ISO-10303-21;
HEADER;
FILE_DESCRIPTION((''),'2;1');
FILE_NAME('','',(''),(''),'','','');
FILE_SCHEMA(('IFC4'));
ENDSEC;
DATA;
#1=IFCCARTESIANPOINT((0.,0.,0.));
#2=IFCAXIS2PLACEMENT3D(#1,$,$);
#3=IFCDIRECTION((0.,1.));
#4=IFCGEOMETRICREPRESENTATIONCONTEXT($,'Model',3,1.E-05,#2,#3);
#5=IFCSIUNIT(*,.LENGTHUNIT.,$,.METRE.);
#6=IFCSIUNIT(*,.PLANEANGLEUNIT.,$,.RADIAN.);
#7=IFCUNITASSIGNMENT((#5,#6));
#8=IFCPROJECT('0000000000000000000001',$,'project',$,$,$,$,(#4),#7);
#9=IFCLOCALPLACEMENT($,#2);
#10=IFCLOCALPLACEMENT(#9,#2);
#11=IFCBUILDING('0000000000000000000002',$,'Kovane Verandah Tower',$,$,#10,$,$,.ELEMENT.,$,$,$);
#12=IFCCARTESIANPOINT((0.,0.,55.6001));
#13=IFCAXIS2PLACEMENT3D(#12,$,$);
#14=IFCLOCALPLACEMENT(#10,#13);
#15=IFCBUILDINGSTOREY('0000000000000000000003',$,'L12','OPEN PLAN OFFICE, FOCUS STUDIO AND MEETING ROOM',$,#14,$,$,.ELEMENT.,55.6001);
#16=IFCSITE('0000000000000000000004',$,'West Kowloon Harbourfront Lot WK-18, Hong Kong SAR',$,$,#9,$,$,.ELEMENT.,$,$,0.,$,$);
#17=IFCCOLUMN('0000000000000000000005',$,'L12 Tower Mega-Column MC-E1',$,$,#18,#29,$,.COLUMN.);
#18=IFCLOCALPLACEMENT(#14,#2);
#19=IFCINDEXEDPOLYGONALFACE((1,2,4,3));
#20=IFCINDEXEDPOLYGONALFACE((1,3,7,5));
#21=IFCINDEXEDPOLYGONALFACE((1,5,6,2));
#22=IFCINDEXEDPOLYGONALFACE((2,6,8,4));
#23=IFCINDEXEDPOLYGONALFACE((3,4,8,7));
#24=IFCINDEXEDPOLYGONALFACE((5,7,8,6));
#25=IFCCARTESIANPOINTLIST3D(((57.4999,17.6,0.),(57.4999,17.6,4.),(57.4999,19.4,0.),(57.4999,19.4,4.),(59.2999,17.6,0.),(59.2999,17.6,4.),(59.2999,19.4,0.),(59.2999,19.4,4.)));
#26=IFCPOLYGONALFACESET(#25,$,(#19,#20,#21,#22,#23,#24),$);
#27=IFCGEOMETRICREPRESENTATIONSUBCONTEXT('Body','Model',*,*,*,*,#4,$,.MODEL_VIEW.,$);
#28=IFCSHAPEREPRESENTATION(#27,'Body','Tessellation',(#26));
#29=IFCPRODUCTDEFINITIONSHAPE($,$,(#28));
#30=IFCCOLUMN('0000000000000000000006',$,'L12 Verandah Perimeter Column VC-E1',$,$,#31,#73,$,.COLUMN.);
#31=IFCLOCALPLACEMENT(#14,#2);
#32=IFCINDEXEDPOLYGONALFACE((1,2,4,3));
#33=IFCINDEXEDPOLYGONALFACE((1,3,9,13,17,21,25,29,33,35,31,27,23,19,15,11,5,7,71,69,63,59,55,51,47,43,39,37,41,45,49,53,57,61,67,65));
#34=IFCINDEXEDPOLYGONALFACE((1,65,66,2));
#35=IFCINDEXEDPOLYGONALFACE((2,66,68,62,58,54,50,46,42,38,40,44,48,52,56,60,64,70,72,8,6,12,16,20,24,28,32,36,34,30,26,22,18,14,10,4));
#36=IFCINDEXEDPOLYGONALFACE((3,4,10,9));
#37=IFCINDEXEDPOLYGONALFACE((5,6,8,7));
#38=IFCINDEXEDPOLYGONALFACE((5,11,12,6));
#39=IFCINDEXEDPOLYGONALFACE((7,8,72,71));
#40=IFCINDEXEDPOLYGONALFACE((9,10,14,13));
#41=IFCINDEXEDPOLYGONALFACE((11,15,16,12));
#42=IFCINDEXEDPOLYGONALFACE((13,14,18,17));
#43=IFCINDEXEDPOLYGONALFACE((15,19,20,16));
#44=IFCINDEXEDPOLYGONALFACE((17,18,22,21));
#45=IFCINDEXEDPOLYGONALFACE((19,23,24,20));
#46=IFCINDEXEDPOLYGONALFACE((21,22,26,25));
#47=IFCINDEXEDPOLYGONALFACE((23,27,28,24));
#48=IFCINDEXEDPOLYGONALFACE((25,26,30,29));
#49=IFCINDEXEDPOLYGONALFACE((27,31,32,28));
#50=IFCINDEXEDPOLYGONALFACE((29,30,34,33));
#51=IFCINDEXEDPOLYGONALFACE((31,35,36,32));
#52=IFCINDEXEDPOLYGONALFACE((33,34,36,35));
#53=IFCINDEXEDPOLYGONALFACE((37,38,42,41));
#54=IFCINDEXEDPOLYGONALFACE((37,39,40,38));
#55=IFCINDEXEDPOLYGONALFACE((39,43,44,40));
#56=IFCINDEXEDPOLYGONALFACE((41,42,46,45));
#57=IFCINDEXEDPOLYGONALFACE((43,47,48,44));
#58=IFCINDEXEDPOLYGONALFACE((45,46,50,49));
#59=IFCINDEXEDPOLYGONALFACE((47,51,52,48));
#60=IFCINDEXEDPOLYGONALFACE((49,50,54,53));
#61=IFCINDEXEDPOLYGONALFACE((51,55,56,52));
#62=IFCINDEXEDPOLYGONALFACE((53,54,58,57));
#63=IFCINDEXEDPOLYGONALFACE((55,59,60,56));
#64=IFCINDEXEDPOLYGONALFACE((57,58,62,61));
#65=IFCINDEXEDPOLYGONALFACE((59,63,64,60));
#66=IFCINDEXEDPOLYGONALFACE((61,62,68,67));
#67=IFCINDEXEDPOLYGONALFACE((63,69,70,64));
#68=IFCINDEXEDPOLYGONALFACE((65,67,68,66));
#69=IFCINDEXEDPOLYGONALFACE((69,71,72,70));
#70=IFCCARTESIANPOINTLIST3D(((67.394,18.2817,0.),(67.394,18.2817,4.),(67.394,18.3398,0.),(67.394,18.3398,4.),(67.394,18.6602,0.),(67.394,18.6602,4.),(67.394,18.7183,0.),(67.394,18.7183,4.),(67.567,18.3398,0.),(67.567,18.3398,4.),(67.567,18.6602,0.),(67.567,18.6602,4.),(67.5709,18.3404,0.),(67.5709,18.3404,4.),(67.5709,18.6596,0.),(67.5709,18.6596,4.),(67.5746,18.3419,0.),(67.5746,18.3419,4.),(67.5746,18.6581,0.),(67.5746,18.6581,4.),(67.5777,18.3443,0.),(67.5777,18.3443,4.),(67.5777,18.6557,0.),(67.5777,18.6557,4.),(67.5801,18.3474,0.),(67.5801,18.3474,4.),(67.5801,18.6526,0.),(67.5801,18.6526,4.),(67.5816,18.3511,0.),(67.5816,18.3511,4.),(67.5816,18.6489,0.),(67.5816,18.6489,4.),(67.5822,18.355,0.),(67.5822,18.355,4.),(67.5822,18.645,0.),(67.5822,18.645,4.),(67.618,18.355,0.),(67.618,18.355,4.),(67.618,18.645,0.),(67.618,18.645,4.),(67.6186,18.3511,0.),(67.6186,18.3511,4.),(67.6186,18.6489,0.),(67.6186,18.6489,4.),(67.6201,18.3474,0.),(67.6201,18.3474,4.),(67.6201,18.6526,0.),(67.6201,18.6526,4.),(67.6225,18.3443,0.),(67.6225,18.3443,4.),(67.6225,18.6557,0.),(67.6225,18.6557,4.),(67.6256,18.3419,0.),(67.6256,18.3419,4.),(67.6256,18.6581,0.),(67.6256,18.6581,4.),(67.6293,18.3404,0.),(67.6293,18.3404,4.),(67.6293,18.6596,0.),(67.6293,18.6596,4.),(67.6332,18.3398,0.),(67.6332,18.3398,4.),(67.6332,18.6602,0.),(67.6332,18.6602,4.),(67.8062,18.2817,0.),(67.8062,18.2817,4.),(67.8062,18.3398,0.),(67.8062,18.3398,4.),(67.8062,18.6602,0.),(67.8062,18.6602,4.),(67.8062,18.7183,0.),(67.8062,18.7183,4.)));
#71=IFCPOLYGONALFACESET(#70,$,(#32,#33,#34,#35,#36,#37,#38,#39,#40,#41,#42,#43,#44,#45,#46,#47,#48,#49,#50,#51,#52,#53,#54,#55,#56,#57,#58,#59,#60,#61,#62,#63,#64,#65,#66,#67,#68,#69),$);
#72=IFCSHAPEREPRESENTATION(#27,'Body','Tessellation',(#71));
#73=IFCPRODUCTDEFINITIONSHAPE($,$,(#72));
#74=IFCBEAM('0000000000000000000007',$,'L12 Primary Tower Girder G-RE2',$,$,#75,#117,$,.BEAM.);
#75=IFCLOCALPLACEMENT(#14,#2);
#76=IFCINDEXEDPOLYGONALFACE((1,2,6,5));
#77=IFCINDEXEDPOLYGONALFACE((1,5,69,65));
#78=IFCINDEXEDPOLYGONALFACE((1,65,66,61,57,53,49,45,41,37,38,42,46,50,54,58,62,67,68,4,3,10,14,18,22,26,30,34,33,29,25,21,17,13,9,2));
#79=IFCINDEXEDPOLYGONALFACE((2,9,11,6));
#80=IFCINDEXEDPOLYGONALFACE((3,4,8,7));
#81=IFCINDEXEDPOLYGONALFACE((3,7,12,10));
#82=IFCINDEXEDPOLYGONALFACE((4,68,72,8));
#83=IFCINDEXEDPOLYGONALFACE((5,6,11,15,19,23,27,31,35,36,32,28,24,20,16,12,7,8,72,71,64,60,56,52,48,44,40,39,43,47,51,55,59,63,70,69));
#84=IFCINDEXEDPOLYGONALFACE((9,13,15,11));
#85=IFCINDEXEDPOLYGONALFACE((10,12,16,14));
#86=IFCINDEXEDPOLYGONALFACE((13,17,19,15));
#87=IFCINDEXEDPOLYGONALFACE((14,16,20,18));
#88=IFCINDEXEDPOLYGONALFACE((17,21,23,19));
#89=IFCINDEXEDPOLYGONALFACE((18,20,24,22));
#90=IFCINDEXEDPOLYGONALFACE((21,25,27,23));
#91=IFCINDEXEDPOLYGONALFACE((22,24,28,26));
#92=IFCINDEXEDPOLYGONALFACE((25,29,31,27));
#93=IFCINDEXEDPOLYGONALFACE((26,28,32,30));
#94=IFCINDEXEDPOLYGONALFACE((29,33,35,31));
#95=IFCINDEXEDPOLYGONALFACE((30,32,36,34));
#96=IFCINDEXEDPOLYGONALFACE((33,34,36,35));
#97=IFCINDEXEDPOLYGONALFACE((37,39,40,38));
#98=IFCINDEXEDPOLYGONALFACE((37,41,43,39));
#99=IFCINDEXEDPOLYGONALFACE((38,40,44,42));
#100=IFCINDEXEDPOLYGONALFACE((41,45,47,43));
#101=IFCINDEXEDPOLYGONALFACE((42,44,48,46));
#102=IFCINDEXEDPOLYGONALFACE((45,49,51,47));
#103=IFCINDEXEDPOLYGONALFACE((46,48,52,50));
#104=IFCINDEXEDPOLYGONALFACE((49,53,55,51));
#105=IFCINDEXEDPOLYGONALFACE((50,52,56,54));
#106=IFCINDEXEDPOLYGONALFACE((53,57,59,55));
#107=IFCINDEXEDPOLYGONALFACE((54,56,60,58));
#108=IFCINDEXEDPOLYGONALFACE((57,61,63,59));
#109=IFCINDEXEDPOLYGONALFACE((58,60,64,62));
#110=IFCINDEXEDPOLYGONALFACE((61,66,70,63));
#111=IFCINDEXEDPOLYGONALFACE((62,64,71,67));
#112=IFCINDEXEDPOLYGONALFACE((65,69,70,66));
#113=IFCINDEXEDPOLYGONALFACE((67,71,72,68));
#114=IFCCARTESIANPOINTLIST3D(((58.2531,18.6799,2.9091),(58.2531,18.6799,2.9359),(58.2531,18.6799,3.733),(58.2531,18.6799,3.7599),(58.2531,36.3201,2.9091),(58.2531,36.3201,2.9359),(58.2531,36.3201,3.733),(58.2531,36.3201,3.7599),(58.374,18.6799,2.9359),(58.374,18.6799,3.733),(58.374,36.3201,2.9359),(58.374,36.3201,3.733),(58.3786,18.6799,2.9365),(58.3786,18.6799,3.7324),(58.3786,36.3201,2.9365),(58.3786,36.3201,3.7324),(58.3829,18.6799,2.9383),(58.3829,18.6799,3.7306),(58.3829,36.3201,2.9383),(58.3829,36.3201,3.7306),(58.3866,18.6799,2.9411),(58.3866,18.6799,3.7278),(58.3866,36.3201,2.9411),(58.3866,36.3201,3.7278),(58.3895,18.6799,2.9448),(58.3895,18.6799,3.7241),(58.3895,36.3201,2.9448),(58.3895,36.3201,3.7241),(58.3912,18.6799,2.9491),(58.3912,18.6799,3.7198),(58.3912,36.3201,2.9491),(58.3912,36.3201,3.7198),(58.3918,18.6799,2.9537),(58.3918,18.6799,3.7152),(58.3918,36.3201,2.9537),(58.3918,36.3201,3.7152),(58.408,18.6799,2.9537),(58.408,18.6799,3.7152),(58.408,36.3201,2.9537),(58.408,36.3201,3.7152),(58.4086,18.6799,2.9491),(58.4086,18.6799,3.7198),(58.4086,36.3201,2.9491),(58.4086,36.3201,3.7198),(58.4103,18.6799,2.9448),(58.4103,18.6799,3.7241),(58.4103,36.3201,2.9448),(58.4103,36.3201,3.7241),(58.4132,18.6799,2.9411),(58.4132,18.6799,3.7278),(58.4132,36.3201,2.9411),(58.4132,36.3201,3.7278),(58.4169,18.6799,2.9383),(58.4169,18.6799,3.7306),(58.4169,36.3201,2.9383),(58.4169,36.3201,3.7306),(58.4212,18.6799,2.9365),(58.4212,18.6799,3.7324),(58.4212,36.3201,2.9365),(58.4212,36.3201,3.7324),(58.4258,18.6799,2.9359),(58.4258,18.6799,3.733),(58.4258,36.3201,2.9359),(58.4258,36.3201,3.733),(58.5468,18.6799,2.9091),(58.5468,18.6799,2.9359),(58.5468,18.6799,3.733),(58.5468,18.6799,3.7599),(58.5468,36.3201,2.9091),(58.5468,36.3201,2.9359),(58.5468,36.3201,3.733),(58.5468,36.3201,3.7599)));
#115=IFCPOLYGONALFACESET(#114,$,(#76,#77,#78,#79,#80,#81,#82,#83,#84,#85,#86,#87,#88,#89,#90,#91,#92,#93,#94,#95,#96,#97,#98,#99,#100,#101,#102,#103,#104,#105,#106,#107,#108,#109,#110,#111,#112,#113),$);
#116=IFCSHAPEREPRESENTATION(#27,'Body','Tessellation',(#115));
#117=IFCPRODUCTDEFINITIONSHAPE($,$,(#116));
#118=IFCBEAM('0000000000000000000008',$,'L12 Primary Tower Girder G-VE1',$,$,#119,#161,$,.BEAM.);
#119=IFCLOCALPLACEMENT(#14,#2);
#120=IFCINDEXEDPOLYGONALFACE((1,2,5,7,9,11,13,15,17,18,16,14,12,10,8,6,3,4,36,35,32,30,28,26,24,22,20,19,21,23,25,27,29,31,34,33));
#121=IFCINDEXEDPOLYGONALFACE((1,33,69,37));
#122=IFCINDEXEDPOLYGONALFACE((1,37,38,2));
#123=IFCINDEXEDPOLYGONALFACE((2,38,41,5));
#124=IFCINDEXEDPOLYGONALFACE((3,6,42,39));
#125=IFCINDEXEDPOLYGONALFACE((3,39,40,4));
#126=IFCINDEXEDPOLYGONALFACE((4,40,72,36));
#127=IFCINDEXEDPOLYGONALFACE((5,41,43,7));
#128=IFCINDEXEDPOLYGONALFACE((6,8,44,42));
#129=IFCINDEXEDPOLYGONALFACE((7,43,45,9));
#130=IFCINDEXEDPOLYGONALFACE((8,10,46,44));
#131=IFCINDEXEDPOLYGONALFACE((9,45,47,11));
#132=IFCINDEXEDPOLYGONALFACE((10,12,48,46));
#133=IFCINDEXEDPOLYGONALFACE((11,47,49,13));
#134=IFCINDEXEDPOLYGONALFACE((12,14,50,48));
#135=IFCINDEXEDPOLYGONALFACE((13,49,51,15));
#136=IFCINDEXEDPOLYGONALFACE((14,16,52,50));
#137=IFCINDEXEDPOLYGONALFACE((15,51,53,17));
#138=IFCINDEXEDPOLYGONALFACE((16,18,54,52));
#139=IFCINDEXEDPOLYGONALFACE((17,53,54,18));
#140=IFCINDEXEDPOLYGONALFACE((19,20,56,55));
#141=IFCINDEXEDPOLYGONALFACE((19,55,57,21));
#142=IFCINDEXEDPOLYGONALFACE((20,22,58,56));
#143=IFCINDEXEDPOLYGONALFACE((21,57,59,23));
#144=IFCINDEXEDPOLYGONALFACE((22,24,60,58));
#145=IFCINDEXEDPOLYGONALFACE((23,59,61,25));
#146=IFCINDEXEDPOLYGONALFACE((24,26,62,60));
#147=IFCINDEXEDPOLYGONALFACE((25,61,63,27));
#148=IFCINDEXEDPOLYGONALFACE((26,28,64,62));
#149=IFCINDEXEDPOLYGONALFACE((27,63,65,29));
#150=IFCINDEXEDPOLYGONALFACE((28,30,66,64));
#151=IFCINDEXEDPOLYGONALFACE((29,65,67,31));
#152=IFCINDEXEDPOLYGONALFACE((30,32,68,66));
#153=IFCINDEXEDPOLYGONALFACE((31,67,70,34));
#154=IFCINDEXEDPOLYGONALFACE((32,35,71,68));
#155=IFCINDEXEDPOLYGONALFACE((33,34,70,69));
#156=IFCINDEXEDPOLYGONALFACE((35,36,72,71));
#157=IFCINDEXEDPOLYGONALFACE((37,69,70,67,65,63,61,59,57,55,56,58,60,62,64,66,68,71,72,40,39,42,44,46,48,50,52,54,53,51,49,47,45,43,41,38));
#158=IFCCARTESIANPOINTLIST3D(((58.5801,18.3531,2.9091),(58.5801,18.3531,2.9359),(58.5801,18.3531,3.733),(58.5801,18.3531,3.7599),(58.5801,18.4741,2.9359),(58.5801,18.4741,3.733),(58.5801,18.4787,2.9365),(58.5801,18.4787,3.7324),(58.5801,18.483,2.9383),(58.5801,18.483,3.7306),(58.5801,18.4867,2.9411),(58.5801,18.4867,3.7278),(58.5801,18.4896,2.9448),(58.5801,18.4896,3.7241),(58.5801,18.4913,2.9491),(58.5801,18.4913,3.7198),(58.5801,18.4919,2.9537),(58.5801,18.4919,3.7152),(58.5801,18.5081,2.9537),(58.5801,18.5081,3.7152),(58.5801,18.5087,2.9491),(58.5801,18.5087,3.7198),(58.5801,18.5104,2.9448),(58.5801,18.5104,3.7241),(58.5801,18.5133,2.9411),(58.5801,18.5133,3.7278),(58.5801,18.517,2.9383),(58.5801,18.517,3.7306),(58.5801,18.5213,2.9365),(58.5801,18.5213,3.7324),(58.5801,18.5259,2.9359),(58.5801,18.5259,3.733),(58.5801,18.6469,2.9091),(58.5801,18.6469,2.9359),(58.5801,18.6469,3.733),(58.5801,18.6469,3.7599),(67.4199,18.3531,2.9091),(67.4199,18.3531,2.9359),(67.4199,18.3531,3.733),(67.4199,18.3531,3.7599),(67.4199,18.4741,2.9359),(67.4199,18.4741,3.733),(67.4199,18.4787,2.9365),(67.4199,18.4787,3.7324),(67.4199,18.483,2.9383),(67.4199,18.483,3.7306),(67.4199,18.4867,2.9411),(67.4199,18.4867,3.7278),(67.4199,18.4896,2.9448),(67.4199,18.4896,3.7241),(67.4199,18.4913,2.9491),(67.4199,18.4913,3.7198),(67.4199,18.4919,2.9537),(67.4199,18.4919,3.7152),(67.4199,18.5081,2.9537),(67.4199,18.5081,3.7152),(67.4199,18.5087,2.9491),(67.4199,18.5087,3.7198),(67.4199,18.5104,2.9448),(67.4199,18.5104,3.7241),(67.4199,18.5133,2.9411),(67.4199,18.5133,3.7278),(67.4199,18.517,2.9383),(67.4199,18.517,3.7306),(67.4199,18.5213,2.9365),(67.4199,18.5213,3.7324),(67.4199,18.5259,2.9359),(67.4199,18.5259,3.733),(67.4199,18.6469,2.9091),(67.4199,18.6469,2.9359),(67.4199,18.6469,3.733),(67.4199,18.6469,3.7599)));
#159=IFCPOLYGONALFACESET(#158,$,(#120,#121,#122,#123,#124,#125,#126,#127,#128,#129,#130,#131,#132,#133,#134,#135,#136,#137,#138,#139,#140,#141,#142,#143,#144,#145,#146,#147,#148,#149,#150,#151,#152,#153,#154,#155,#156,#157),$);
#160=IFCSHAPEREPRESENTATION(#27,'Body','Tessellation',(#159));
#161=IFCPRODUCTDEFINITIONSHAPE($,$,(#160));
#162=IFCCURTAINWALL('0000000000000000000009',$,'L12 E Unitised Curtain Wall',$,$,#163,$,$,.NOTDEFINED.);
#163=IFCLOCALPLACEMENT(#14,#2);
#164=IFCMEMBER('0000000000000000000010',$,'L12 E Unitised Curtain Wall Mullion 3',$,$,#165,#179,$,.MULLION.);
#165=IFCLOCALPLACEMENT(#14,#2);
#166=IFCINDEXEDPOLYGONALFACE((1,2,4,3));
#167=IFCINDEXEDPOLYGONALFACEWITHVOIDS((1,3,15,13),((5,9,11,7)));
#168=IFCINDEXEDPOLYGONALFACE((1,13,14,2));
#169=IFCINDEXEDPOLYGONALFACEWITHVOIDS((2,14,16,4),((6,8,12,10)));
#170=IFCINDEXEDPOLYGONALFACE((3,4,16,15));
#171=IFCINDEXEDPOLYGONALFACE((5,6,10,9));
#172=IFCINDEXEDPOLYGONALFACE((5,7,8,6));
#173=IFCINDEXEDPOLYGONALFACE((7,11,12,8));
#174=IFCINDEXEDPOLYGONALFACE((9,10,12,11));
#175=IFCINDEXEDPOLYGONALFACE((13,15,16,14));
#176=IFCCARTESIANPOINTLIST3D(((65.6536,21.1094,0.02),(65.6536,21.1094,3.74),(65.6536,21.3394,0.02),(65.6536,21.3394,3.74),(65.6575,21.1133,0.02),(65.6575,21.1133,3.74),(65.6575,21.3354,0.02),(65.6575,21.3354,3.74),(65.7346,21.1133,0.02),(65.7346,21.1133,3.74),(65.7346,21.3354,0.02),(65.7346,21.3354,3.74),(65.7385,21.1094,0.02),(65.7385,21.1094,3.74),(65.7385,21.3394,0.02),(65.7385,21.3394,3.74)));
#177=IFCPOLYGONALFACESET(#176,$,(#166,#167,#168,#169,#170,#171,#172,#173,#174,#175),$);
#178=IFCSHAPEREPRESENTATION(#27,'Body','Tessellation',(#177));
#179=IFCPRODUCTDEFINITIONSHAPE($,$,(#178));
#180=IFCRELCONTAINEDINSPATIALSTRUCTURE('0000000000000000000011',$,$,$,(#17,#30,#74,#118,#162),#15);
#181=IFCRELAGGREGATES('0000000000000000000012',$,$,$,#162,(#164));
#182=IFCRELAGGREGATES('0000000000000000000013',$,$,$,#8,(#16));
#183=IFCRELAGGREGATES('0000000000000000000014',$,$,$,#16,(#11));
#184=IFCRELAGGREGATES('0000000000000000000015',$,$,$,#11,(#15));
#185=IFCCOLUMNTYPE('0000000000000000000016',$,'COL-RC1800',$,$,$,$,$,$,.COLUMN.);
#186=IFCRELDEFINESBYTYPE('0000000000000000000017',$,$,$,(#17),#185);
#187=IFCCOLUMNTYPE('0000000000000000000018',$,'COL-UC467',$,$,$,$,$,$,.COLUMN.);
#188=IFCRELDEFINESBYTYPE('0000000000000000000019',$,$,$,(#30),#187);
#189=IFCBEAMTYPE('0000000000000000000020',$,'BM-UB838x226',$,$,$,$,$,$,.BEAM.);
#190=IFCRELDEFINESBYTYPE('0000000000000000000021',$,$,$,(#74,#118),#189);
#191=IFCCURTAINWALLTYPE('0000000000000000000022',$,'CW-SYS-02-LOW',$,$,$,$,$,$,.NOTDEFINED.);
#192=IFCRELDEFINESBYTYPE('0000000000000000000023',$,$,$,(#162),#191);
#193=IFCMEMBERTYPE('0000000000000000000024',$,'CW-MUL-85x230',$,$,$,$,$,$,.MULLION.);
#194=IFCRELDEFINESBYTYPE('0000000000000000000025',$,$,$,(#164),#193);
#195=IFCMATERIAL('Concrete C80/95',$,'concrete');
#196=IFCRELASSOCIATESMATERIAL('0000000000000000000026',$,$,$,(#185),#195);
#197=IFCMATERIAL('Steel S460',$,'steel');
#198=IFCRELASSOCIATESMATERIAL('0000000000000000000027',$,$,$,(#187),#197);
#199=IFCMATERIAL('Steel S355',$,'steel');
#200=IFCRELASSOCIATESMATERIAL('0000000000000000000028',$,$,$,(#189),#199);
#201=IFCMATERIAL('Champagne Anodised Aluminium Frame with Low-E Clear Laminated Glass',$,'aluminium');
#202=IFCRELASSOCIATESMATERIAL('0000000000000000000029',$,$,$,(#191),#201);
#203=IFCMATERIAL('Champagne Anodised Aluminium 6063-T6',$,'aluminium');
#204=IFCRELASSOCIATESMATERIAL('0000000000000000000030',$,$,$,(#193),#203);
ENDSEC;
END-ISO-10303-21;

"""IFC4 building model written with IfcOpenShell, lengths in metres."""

from ifc_helpers import new_model, si_unit, direction, frame, origin, origin_2d, place, context, subcontext, project, spatial, rectangle, hollow_rectangle, i_section, extrude, material, material_profile, profile_set, type_object, element, aggregate, save


model = new_model("IFC4")

# Units and contexts
model_context = context("Model", 3, precision=1e-05, world=origin(), true_north=direction((0.0, 1.0)))
body_context = subcontext(model_context, "Body", "Model", "MODEL_VIEW")
ifc_project = project(units=[si_unit("LENGTHUNIT", "METRE"), si_unit("PLANEANGLEUNIT", "RADIAN")], contexts=[model_context])

# Site, building, storey
site_placement = place(None, origin())
site = spatial("IfcSite", under=ifc_project, at=site_placement, Name="West Kowloon Harbourfront Lot WK-18, Hong Kong SAR", CompositionType="ELEMENT", RefElevation=0.0)
building_placement = place(site_placement, origin())
building = spatial("IfcBuilding", under=site, at=building_placement, Name="Kovane Verandah Tower", CompositionType="ELEMENT")
storey_placement = place(building_placement, frame((0.0, 0.0, 55.6001)))
storey = spatial("IfcBuildingStorey", under=building, at=storey_placement, Name="L12", Description="OPEN PLAN OFFICE, FOCUS STUDIO AND MEETING ROOM", CompositionType="ELEMENT", Elevation=55.6001)

# Columns
ifc_material_1 = material(Name="Concrete C80/95", Category="concrete")
ifc_material_profile_1 = material_profile(ifc_material_1, rectangle(XDim=1.8, YDim=1.8, at=origin_2d()), Name="RC1800x1800")
ifc_profile_set_1 = profile_set([ifc_material_profile_1], Name="Concrete C80/95")
column_type_1 = type_object("IfcColumnType", Name="COL-RC1800", PredefinedType="COLUMN", material=ifc_profile_set_1)
column_1_placement = place(storey_placement, frame((58.3999, 18.5, 0.0), z_axis=(0.0, 0.0, 1.0), x_axis=(1.0, 0.0, 0.0)))
element("IfcColumn", 1, at=column_1_placement, inside=storey, type_object=column_type_1, Name="L12 Tower Mega-Column MC-E1", PredefinedType="COLUMN", context=body_context, shape_type="SweptSolid", body=[
    extrude(rectangle(XDim=1.8, YDim=1.8, at=origin_2d()), origin(), (0.0, 0.0, 1.0), 4.0),
])
ifc_material_2 = material(Name="Steel S460", Category="steel")
ifc_material_profile_2 = material_profile(ifc_material_2, i_section(OverallWidth=0.4121, OverallDepth=0.4365, WebThickness=0.0359, FlangeThickness=0.0581, FilletRadius=0.0151, at=origin_2d()), Name="UC356x406x467")
ifc_profile_set_2 = profile_set([ifc_material_profile_2], Name="Steel S460")
column_type_2 = type_object("IfcColumnType", Name="COL-UC467", PredefinedType="COLUMN", material=ifc_profile_set_2)
column_2_placement = place(storey_placement, frame((67.6001, 18.5, 0.0), z_axis=(0.0, 0.0, 1.0), x_axis=(1.0, 0.0, 0.0)))
element("IfcColumn", 2, at=column_2_placement, inside=storey, type_object=column_type_2, Name="L12 Verandah Perimeter Column VC-E1", PredefinedType="COLUMN", context=body_context, shape_type="SweptSolid", body=[
    extrude(i_section(OverallWidth=0.4121, OverallDepth=0.4365, WebThickness=0.0359, FlangeThickness=0.0581, FilletRadius=0.0151, at=origin_2d()), origin(), (0.0, 0.0, 1.0), 4.0),
])

# Beams
ifc_material_3 = material(Name="Steel S355", Category="steel")
ifc_material_profile_3 = material_profile(ifc_material_3, i_section(OverallWidth=0.2937, OverallDepth=0.8508, WebThickness=0.0161, FlangeThickness=0.0269, FilletRadius=0.0178, at=origin_2d()), Name="UB838x292x226")
ifc_profile_set_3 = profile_set([ifc_material_profile_3], Name="Steel S355")
beam_type_1 = type_object("IfcBeamType", Name="BM-UB838x226", PredefinedType="BEAM", material=ifc_profile_set_3)
beam_1_placement = place(storey_placement, frame((58.3999, 18.6799, 3.3345), z_axis=(0.0, 1.0, 0.0), x_axis=(-1.0, 0.0, 0.0)))
element("IfcBeam", 3, at=beam_1_placement, inside=storey, type_object=beam_type_1, Name="L12 Primary Tower Girder G-RE2", PredefinedType="BEAM", context=body_context, shape_type="SweptSolid", body=[
    extrude(i_section(OverallWidth=0.2937, OverallDepth=0.8508, WebThickness=0.0161, FlangeThickness=0.0269, FilletRadius=0.0178, at=origin_2d()), origin(), (0.0, 0.0, 1.0), 17.6401),
])
beam_2_placement = place(storey_placement, frame((58.5801, 18.5, 3.3345), z_axis=(1.0, 0.0, 0.0), x_axis=(0.0, 1.0, 0.0)))
element("IfcBeam", 4, at=beam_2_placement, inside=storey, type_object=beam_type_1, Name="L12 Primary Tower Girder G-VE1", PredefinedType="BEAM", context=body_context, shape_type="SweptSolid", body=[
    extrude(i_section(OverallWidth=0.2937, OverallDepth=0.8508, WebThickness=0.0161, FlangeThickness=0.0269, FilletRadius=0.0178, at=origin_2d()), origin(), (0.0, 0.0, 1.0), 8.8398),
])

# Curtain wall, member
ifc_material_4 = material(Name="Champagne Anodised Aluminium Frame with Low-E Clear Laminated Glass", Category="aluminium")
curtain_wall_type = type_object("IfcCurtainWallType", Name="CW-SYS-02-LOW", PredefinedType="NOTDEFINED", material=ifc_material_4)
curtain_wall_placement = place(storey_placement, origin())
curtain_wall = element("IfcCurtainWall", 5, at=curtain_wall_placement, inside=storey, type_object=curtain_wall_type, Name="L12 E Unitised Curtain Wall", PredefinedType="NOTDEFINED")
ifc_material_5 = material(Name="Champagne Anodised Aluminium 6063-T6", Category="aluminium")
ifc_material_profile_4 = material_profile(ifc_material_5, hollow_rectangle(XDim=0.085, YDim=0.23, WallThickness=0.0039, at=origin_2d()), Name="AL85x230x4")
ifc_profile_set_4 = profile_set([ifc_material_profile_4], Name="Champagne Anodised Aluminium 6063-T6")
member_type_1 = type_object("IfcMemberType", Name="CW-MUL-85x230", PredefinedType="MULLION", material=ifc_profile_set_4)
member_1_placement = place(storey_placement, frame((65.696, 21.2244, 0.02), z_axis=(0.0, 0.0, 1.0), x_axis=(1.0, 0.0, 0.0)))
member_1 = element("IfcMember", 6, at=member_1_placement, type_object=member_type_1, Name="L12 E Unitised Curtain Wall Mullion 3", PredefinedType="MULLION", context=body_context, shape_type="SweptSolid", body=[
    extrude(hollow_rectangle(XDim=0.085, YDim=0.23, WallThickness=0.0039, at=origin_2d()), origin(), (0.0, 0.0, 1.0), 3.72),
])

aggregate(curtain_wall, [member_1])

save(model, "model.ifc")
